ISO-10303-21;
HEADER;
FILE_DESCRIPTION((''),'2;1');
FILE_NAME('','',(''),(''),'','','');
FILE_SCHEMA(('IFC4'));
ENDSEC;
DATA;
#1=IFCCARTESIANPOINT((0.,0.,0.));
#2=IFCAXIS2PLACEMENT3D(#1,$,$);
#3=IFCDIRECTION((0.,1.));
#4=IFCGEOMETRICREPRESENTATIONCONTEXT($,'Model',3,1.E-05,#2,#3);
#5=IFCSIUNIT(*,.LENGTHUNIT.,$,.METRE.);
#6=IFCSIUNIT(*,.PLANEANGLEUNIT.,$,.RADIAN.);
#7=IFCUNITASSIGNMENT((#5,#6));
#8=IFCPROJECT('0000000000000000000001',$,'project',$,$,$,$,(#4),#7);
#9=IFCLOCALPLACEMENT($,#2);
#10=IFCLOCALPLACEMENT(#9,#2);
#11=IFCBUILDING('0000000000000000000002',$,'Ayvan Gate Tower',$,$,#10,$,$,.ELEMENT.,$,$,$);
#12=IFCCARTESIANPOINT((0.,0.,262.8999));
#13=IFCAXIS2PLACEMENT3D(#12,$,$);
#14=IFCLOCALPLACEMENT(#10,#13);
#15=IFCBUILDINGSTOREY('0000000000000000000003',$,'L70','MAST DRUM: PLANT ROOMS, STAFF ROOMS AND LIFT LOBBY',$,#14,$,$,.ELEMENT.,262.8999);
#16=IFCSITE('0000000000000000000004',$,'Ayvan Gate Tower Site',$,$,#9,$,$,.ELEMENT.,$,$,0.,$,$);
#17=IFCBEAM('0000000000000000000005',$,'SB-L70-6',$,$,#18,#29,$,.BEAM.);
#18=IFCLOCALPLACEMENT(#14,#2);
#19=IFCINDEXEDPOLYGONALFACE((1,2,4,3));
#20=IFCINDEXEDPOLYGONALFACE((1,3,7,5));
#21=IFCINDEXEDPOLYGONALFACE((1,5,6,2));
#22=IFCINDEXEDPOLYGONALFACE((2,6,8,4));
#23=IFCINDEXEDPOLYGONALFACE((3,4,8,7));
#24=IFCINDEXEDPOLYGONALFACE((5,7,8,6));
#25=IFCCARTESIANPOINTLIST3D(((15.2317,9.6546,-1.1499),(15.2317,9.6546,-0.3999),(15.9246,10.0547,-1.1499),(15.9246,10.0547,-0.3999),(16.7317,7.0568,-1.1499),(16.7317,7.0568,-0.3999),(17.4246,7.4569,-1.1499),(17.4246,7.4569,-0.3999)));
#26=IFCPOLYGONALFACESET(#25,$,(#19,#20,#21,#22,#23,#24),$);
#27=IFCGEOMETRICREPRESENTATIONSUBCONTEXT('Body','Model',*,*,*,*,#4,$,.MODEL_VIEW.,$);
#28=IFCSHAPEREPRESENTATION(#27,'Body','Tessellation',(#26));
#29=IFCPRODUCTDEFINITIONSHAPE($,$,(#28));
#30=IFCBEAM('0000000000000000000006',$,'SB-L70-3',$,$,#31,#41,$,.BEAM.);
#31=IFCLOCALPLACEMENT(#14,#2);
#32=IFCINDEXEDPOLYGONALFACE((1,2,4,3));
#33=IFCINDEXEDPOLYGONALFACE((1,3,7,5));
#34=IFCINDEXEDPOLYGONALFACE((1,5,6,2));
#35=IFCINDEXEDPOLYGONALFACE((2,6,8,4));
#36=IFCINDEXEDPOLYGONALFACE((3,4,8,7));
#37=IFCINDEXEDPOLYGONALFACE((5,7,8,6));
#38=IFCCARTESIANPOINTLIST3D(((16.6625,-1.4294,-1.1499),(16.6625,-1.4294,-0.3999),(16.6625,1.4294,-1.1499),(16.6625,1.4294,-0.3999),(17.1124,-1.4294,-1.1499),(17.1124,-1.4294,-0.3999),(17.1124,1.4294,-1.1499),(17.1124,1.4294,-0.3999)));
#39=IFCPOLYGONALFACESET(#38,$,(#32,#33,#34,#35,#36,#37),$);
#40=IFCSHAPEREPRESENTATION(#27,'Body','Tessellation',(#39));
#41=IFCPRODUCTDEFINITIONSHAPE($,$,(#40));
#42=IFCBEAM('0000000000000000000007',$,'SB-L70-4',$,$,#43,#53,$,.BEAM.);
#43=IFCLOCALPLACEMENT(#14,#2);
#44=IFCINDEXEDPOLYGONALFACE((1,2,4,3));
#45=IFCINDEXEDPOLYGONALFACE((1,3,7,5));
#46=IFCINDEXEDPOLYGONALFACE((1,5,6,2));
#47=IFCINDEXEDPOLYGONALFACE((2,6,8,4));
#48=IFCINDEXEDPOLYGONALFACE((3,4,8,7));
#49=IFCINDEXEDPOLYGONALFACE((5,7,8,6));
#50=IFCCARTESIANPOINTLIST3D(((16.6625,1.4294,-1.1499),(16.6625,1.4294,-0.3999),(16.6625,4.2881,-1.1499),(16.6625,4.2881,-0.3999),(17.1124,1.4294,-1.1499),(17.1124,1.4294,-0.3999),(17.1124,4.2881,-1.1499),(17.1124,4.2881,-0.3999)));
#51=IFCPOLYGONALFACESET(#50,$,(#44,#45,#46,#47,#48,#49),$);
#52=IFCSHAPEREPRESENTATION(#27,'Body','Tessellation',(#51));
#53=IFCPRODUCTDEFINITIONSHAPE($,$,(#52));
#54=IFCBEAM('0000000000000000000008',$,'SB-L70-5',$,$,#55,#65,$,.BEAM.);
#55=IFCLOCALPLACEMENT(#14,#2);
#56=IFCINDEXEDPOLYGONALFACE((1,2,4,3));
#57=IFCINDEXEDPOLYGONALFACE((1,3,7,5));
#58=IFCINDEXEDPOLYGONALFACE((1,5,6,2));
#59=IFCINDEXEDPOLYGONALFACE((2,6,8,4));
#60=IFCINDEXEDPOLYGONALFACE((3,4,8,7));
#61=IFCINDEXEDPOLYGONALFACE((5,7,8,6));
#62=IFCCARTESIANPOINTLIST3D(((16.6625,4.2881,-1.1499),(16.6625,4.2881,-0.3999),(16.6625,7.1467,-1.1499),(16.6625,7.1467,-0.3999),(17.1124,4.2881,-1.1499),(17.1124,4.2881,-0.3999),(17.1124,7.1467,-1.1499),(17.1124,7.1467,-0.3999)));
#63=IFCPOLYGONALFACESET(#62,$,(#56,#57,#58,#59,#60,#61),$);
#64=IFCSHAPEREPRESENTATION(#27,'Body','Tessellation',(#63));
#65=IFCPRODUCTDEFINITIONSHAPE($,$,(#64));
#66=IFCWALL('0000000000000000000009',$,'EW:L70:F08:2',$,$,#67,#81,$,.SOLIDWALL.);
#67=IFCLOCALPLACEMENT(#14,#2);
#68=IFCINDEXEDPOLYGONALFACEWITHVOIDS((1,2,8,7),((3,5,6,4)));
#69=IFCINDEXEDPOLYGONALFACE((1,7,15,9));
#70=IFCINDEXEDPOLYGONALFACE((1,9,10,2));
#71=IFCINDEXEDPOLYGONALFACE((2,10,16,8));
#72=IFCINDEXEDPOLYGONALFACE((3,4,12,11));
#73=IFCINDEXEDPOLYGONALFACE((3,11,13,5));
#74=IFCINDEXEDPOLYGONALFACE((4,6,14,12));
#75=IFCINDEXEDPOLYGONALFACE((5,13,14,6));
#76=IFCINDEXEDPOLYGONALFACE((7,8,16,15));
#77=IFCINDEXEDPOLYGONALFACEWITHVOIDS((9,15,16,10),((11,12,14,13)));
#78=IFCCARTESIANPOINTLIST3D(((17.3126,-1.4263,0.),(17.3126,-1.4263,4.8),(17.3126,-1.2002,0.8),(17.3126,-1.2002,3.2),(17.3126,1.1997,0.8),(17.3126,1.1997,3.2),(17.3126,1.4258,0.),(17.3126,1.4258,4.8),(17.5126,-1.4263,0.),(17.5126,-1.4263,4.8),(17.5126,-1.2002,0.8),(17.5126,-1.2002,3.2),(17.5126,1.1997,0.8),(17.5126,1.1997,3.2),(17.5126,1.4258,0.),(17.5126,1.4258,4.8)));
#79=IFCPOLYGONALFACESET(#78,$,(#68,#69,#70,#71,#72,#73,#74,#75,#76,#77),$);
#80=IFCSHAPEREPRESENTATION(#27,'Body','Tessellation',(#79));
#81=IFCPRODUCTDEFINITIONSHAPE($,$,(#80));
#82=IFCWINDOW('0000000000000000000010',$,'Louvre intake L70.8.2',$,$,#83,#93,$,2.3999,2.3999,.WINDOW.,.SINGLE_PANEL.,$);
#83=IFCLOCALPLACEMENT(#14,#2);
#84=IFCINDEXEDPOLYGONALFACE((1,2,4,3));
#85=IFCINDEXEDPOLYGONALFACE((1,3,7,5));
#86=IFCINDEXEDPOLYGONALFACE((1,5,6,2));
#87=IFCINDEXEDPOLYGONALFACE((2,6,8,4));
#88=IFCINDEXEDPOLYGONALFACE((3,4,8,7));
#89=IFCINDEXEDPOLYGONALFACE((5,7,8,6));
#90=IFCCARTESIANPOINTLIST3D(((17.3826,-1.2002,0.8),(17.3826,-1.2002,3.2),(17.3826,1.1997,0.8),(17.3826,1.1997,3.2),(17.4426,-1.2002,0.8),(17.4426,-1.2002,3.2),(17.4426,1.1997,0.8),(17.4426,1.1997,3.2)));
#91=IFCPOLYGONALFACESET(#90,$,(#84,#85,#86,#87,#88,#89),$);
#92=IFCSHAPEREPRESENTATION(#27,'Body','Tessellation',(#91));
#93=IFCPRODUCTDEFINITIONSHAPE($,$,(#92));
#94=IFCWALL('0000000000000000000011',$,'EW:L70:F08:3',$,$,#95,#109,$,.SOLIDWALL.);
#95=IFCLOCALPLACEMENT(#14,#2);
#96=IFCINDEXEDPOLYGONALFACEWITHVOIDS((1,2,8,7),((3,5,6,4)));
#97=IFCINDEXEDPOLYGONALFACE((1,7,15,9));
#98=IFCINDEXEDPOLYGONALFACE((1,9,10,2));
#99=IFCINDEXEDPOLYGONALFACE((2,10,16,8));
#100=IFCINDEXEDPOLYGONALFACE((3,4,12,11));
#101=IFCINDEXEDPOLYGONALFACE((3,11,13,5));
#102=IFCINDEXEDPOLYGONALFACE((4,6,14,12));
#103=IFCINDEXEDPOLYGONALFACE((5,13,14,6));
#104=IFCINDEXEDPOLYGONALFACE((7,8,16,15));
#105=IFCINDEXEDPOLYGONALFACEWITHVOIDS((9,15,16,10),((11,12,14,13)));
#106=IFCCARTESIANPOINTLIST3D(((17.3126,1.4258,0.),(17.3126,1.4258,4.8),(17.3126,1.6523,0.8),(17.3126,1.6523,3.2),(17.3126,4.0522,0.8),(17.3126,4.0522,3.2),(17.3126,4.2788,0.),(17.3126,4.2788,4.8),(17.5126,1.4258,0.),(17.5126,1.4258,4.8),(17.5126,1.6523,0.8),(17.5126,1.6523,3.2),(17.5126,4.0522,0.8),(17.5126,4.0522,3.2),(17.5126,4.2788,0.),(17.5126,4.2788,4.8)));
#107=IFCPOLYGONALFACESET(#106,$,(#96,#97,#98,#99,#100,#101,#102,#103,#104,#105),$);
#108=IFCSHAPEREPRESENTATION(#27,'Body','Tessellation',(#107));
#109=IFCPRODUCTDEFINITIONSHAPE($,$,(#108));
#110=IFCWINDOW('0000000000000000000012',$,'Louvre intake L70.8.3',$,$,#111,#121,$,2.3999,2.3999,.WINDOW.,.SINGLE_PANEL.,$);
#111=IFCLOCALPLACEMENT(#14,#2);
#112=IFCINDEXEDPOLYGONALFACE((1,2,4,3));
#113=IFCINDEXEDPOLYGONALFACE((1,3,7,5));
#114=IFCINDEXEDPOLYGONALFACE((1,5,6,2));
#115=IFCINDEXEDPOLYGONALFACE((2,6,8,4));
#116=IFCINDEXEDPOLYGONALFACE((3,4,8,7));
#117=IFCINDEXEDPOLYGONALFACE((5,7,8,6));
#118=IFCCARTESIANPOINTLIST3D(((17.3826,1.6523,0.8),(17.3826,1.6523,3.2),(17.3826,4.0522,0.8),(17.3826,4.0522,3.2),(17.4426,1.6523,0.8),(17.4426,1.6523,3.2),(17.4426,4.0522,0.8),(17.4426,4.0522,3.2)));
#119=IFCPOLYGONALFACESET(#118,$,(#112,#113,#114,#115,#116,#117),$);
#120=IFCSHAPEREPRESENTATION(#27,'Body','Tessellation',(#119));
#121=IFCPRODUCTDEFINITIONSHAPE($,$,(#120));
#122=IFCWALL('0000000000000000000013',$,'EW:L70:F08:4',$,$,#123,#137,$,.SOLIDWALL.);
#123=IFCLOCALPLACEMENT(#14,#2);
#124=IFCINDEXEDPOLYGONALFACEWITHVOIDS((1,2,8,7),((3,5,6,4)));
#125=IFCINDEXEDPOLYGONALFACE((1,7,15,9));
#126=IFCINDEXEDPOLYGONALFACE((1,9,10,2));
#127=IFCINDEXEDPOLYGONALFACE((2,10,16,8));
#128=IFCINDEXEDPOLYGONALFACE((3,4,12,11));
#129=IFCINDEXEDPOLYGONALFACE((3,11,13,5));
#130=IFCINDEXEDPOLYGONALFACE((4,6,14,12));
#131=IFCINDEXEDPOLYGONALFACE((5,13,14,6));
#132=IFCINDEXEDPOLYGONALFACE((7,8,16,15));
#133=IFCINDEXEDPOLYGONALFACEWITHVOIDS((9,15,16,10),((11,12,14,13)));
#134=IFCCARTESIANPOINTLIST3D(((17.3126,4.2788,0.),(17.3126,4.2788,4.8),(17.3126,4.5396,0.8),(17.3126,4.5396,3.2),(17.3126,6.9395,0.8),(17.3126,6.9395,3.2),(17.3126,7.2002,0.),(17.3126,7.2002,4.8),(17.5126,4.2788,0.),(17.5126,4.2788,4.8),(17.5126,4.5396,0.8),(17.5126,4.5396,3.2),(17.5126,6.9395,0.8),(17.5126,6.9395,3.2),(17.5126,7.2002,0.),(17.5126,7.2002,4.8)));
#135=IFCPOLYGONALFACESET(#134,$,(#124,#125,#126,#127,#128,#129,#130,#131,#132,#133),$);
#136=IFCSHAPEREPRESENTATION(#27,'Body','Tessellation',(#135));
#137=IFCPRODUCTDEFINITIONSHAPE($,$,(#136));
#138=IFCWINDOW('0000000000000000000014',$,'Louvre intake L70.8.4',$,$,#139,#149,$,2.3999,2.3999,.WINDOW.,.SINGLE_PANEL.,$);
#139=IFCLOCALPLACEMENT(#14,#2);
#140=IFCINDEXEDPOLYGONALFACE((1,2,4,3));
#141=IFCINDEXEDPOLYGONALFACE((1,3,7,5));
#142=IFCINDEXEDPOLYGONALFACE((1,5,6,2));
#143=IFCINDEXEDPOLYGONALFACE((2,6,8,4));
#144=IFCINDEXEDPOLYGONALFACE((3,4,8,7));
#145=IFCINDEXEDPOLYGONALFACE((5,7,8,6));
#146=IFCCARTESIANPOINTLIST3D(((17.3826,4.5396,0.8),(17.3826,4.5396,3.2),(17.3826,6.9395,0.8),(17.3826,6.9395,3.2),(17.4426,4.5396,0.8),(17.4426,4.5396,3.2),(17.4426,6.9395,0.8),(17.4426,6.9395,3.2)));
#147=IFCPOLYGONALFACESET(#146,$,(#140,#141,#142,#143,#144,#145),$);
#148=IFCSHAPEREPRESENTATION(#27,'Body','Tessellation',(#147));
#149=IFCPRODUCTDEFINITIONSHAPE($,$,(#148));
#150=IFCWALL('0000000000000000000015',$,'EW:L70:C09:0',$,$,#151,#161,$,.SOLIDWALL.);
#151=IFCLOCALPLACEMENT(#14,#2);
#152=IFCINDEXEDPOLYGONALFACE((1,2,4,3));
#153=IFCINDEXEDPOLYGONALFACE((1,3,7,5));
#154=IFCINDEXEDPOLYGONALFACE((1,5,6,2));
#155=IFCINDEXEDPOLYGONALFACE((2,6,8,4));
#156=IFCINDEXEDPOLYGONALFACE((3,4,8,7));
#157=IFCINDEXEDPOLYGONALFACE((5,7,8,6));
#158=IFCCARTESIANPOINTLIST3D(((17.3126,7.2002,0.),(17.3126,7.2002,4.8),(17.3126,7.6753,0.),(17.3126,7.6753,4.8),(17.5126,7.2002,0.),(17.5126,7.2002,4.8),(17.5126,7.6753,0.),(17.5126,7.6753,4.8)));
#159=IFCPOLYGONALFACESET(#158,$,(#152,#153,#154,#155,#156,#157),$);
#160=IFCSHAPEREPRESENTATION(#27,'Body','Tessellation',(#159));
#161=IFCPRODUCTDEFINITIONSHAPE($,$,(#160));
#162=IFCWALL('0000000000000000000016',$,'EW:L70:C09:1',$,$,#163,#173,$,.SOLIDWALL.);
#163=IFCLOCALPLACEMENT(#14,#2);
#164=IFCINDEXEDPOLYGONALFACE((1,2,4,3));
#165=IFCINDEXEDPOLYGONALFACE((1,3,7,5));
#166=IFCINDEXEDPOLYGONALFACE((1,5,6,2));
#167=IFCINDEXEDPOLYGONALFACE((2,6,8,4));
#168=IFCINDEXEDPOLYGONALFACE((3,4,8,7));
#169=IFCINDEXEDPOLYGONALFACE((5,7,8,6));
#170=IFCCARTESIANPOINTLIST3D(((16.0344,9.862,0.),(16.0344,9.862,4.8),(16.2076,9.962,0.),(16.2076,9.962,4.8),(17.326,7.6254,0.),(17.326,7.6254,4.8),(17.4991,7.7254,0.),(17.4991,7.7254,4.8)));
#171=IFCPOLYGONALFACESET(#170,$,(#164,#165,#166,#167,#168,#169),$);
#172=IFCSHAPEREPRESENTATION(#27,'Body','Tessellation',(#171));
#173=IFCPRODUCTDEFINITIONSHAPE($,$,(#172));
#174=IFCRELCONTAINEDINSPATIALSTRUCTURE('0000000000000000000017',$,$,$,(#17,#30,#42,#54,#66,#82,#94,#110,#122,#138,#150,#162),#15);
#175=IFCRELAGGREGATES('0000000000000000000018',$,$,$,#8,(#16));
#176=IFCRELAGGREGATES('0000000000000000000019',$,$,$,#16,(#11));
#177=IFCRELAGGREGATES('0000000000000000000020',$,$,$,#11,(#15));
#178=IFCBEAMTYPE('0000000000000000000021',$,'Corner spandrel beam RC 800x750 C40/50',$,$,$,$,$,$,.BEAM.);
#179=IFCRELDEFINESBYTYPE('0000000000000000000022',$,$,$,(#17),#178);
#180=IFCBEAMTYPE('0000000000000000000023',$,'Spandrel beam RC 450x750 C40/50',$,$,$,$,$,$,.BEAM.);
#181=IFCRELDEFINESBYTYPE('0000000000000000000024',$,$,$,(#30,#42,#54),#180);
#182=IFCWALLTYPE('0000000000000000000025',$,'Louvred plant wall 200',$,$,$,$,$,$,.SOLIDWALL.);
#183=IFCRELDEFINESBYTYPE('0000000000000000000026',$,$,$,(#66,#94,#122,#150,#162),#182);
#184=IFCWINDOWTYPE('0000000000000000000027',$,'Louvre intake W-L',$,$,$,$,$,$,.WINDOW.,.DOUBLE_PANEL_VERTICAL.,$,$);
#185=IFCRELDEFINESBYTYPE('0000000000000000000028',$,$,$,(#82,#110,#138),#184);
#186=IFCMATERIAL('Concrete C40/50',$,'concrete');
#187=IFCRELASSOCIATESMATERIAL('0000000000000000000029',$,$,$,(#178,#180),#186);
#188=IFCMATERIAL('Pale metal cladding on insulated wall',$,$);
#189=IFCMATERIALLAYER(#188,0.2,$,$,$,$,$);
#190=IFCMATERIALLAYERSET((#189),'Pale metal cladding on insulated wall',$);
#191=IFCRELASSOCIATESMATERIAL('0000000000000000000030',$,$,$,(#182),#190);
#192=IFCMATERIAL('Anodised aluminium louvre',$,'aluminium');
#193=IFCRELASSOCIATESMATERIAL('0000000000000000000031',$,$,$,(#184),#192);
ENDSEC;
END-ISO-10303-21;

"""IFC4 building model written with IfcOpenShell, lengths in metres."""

from ifc_helpers import new_model, si_unit, direction, frame, frame_2d, origin, origin_2d, place, context, subcontext, project, spatial, rectangle, extrude, material, layer, layer_set, material_profile, profile_set, type_object, element, fill, save


model = new_model("IFC4")

# Units and contexts
model_context = context("Model", 3, precision=1e-05, world=origin(), true_north=direction((0.0, 1.0)))
body_context = subcontext(model_context, "Body", "Model", "MODEL_VIEW")
ifc_project = project(units=[si_unit("LENGTHUNIT", "METRE"), si_unit("PLANEANGLEUNIT", "RADIAN")], contexts=[model_context])

# Site, building, storey
site_placement = place(None, origin())
site = spatial("IfcSite", under=ifc_project, at=site_placement, Name="Ayvan Gate Tower Site", CompositionType="ELEMENT", RefElevation=0.0)
building_placement = place(site_placement, origin())
building = spatial("IfcBuilding", under=site, at=building_placement, Name="Ayvan Gate Tower", CompositionType="ELEMENT")
storey_placement = place(building_placement, frame((0.0, 0.0, 262.8999)))
storey = spatial("IfcBuildingStorey", under=building, at=storey_placement, Name="L70", Description="MAST DRUM: PLANT ROOMS, STAFF ROOMS AND LIFT LOBBY", CompositionType="ELEMENT", Elevation=262.8999)

# Beams
ifc_material_1 = material(Name="Concrete C40/50", Category="concrete")
ifc_material_profile_1 = material_profile(ifc_material_1, rectangle(XDim=0.8, YDim=0.75, at=origin_2d()), Name="RC 800x750")
ifc_profile_set_1 = profile_set([ifc_material_profile_1], Name="Concrete C40/50")
beam_type_1 = type_object("IfcBeamType", Name="Corner spandrel beam RC 800x750 C40/50", PredefinedType="BEAM", material=ifc_profile_set_1)
beam_1_placement = place(storey_placement, frame((17.0781, 7.2568, -0.7749), z_axis=(-0.500025, 0.866011, 0.0), x_axis=(-0.866011, -0.500025, 0.0)))
element("IfcBeam", 1, at=beam_1_placement, inside=storey, type_object=beam_type_1, Name="SB-L70-6", PredefinedType="BEAM", context=body_context, shape_type="SweptSolid", body=[
    extrude(rectangle(XDim=0.8, YDim=0.75, at=origin_2d()), origin(), (0.0, 0.0, 1.0), 2.9998),
])
ifc_material_profile_2 = material_profile(ifc_material_1, rectangle(XDim=0.45, YDim=0.75, at=origin_2d()), Name="RC 450x750")
ifc_profile_set_2 = profile_set([ifc_material_profile_2], Name="Concrete C40/50")
beam_type_2 = type_object("IfcBeamType", Name="Spandrel beam RC 450x750 C40/50", PredefinedType="BEAM", material=ifc_profile_set_2)
beam_2_placement = place(storey_placement, frame((16.8875, -1.4294, -0.7749), z_axis=(0.0, 1.0, 0.0), x_axis=(-1.0, 0.0, 0.0)))
element("IfcBeam", 2, at=beam_2_placement, inside=storey, type_object=beam_type_2, Name="SB-L70-3", PredefinedType="BEAM", context=body_context, shape_type="SweptSolid", body=[
    extrude(rectangle(XDim=0.45, YDim=0.75, at=origin_2d()), origin(), (0.0, 0.0, 1.0), 2.8589),
])
for number, where, z_axis, x_axis, name in (
    (3, (16.8875, 1.4294, -0.7749), (0.0, 1.0, 0.0), (-1.0, 0.0, 0.0), "SB-L70-4"),
    (4, (16.8875, 4.2881, -0.7749), (0.0, 1.0, 0.0), (-1.0, 0.0, 0.0), "SB-L70-5"),
):
    element("IfcBeam", number, at=place(storey_placement, frame(where, z_axis=z_axis, x_axis=x_axis)), inside=storey, type_object=beam_type_2, Name=name, PredefinedType="BEAM", context=body_context, shape_type="SweptSolid", body=[
        extrude(rectangle(XDim=0.45, YDim=0.75, at=origin_2d()), origin(), (0.0, 0.0, 1.0), 2.8586),
    ])

# Walls, openings, windows
ifc_material_2 = material(Name="Pale metal cladding on insulated wall")
ifc_layer_1 = layer(ifc_material_2, 0.2)
ifc_layer_set_1 = layer_set([ifc_layer_1], Name="Pale metal cladding on insulated wall")
wall_type = type_object("IfcWallType", Name="Louvred plant wall 200", PredefinedType="SOLIDWALL", material=ifc_layer_set_1)
wall_1_placement = place(storey_placement, frame((17.4126, -1.4263, 0.0), z_axis=(0.0, 0.0, 1.0), x_axis=(0.0, 1.0, 0.0)))
wall_1 = element("IfcWall", 5, at=wall_1_placement, inside=storey, type_object=wall_type, Name="EW:L70:F08:2", PredefinedType="SOLIDWALL", context=body_context, shape_type="SweptSolid", body=[
    extrude(rectangle(XDim=2.8521, YDim=0.2, at=frame_2d((1.426, 0.0))), origin(), (0.0, 0.0, 1.0), 4.8),
])
opening_1_placement = place(wall_1_placement, frame((0.2261, 0.0, 0.8)))
opening_1 = element("IfcOpeningElement", 6, at=opening_1_placement, cuts=wall_1, PredefinedType="OPENING", context=body_context, shape_type="SweptSolid", body=[
    extrude(rectangle(XDim=2.3999, YDim=2.3999, at=frame_2d((1.2, 1.2))), frame((0.0, 0.1099, 0.0), z_axis=(0.0, -1.0, 0.0), x_axis=(1.0, 0.0, 0.0)), (0.0, 0.0, 1.0), 0.22),
])
ifc_material_3 = material(Name="Anodised aluminium louvre", Category="aluminium")
window_type = type_object("IfcWindowType", Name="Louvre intake W-L", PartitioningType="DOUBLE_PANEL_VERTICAL", PredefinedType="WINDOW", material=ifc_material_3)
window_1_placement = place(opening_1_placement, origin())
window_1 = element("IfcWindow", 7, at=window_1_placement, inside=storey, type_object=window_type, Name="Louvre intake L70.8.2", OverallHeight=2.3999, OverallWidth=2.3999, PartitioningType="SINGLE_PANEL", PredefinedType="WINDOW", context=body_context, shape_type="SweptSolid", body=[
    extrude(rectangle(XDim=2.3999, YDim=2.3999, at=frame_2d((1.2, 1.2))), frame((0.0, 0.03, 0.0), z_axis=(0.0, -1.0, 0.0), x_axis=(1.0, 0.0, 0.0)), (0.0, 0.0, 1.0), 0.0601),
])
fill(opening_1, window_1)
wall_2_placement = place(storey_placement, frame((17.4126, 1.4258, 0.0), z_axis=(0.0, 0.0, 1.0), x_axis=(0.0, 1.0, 0.0)))
wall_2 = element("IfcWall", 8, at=wall_2_placement, inside=storey, type_object=wall_type, Name="EW:L70:F08:3", PredefinedType="SOLIDWALL", context=body_context, shape_type="SweptSolid", body=[
    extrude(rectangle(XDim=2.853, YDim=0.2, at=frame_2d((1.4265, 0.0))), origin(), (0.0, 0.0, 1.0), 4.8),
])
opening_2_placement = place(wall_2_placement, frame((0.2266, 0.0, 0.8)))
opening_2 = element("IfcOpeningElement", 9, at=opening_2_placement, cuts=wall_2, PredefinedType="OPENING", context=body_context, shape_type="SweptSolid", body=[
    extrude(rectangle(XDim=2.3999, YDim=2.3999, at=frame_2d((1.2, 1.2))), frame((0.0, 0.1099, 0.0), z_axis=(0.0, -1.0, 0.0), x_axis=(1.0, 0.0, 0.0)), (0.0, 0.0, 1.0), 0.22),
])
window_2_placement = place(opening_2_placement, origin())
window_2 = element("IfcWindow", 10, at=window_2_placement, inside=storey, type_object=window_type, Name="Louvre intake L70.8.3", OverallHeight=2.3999, OverallWidth=2.3999, PartitioningType="SINGLE_PANEL", PredefinedType="WINDOW", context=body_context, shape_type="SweptSolid", body=[
    extrude(rectangle(XDim=2.3999, YDim=2.3999, at=frame_2d((1.2, 1.2))), frame((0.0, 0.03, 0.0), z_axis=(0.0, -1.0, 0.0), x_axis=(1.0, 0.0, 0.0)), (0.0, 0.0, 1.0), 0.0601),
])
fill(opening_2, window_2)
wall_3_placement = place(storey_placement, frame((17.4126, 4.2788, 0.0), z_axis=(0.0, 0.0, 1.0), x_axis=(0.0, 1.0, 0.0)))
wall_3 = element("IfcWall", 11, at=wall_3_placement, inside=storey, type_object=wall_type, Name="EW:L70:F08:4", PredefinedType="SOLIDWALL", context=body_context, shape_type="SweptSolid", body=[
    extrude(rectangle(XDim=2.9214, YDim=0.2, at=frame_2d((1.4607, 0.0))), origin(), (0.0, 0.0, 1.0), 4.8),
])
opening_3_placement = place(wall_3_placement, frame((0.2607, 0.0, 0.8)))
opening_3 = element("IfcOpeningElement", 12, at=opening_3_placement, cuts=wall_3, PredefinedType="OPENING", context=body_context, shape_type="SweptSolid", body=[
    extrude(rectangle(XDim=2.3999, YDim=2.3999, at=frame_2d((1.2, 1.2))), frame((0.0, 0.1099, 0.0), z_axis=(0.0, -1.0, 0.0), x_axis=(1.0, 0.0, 0.0)), (0.0, 0.0, 1.0), 0.22),
])
window_3_placement = place(opening_3_placement, origin())
window_3 = element("IfcWindow", 13, at=window_3_placement, inside=storey, type_object=window_type, Name="Louvre intake L70.8.4", OverallHeight=2.3999, OverallWidth=2.3999, PartitioningType="SINGLE_PANEL", PredefinedType="WINDOW", context=body_context, shape_type="SweptSolid", body=[
    extrude(rectangle(XDim=2.3999, YDim=2.3999, at=frame_2d((1.2, 1.2))), frame((0.0, 0.03, 0.0), z_axis=(0.0, -1.0, 0.0), x_axis=(1.0, 0.0, 0.0)), (0.0, 0.0, 1.0), 0.0601),
])
fill(opening_3, window_3)

# Walls
wall_4_placement = place(storey_placement, frame((17.4126, 7.2002, 0.0), z_axis=(0.0, 0.0, 1.0), x_axis=(0.0, 1.0, 0.0)))
element("IfcWall", 14, at=wall_4_placement, inside=storey, type_object=wall_type, Name="EW:L70:C09:0", PredefinedType="SOLIDWALL", context=body_context, shape_type="SweptSolid", body=[
    extrude(rectangle(XDim=0.4751, YDim=0.2, at=frame_2d((0.2375, 0.0))), origin(), (0.0, 0.0, 1.0), 4.8),
])
wall_5_placement = place(storey_placement, frame((17.4126, 7.6753, 0.0), z_axis=(0.0, 0.0, 1.0), x_axis=(-0.500063, 0.865989, 0.0)))
element("IfcWall", 15, at=wall_5_placement, inside=storey, type_object=wall_type, Name="EW:L70:C09:1", PredefinedType="SOLIDWALL", context=body_context, shape_type="SweptSolid", body=[
    extrude(rectangle(XDim=2.5828, YDim=0.2, at=frame_2d((1.2915, 0.0))), origin(), (0.0, 0.0, 1.0), 4.8),
])

save(model, "model.ifc")
